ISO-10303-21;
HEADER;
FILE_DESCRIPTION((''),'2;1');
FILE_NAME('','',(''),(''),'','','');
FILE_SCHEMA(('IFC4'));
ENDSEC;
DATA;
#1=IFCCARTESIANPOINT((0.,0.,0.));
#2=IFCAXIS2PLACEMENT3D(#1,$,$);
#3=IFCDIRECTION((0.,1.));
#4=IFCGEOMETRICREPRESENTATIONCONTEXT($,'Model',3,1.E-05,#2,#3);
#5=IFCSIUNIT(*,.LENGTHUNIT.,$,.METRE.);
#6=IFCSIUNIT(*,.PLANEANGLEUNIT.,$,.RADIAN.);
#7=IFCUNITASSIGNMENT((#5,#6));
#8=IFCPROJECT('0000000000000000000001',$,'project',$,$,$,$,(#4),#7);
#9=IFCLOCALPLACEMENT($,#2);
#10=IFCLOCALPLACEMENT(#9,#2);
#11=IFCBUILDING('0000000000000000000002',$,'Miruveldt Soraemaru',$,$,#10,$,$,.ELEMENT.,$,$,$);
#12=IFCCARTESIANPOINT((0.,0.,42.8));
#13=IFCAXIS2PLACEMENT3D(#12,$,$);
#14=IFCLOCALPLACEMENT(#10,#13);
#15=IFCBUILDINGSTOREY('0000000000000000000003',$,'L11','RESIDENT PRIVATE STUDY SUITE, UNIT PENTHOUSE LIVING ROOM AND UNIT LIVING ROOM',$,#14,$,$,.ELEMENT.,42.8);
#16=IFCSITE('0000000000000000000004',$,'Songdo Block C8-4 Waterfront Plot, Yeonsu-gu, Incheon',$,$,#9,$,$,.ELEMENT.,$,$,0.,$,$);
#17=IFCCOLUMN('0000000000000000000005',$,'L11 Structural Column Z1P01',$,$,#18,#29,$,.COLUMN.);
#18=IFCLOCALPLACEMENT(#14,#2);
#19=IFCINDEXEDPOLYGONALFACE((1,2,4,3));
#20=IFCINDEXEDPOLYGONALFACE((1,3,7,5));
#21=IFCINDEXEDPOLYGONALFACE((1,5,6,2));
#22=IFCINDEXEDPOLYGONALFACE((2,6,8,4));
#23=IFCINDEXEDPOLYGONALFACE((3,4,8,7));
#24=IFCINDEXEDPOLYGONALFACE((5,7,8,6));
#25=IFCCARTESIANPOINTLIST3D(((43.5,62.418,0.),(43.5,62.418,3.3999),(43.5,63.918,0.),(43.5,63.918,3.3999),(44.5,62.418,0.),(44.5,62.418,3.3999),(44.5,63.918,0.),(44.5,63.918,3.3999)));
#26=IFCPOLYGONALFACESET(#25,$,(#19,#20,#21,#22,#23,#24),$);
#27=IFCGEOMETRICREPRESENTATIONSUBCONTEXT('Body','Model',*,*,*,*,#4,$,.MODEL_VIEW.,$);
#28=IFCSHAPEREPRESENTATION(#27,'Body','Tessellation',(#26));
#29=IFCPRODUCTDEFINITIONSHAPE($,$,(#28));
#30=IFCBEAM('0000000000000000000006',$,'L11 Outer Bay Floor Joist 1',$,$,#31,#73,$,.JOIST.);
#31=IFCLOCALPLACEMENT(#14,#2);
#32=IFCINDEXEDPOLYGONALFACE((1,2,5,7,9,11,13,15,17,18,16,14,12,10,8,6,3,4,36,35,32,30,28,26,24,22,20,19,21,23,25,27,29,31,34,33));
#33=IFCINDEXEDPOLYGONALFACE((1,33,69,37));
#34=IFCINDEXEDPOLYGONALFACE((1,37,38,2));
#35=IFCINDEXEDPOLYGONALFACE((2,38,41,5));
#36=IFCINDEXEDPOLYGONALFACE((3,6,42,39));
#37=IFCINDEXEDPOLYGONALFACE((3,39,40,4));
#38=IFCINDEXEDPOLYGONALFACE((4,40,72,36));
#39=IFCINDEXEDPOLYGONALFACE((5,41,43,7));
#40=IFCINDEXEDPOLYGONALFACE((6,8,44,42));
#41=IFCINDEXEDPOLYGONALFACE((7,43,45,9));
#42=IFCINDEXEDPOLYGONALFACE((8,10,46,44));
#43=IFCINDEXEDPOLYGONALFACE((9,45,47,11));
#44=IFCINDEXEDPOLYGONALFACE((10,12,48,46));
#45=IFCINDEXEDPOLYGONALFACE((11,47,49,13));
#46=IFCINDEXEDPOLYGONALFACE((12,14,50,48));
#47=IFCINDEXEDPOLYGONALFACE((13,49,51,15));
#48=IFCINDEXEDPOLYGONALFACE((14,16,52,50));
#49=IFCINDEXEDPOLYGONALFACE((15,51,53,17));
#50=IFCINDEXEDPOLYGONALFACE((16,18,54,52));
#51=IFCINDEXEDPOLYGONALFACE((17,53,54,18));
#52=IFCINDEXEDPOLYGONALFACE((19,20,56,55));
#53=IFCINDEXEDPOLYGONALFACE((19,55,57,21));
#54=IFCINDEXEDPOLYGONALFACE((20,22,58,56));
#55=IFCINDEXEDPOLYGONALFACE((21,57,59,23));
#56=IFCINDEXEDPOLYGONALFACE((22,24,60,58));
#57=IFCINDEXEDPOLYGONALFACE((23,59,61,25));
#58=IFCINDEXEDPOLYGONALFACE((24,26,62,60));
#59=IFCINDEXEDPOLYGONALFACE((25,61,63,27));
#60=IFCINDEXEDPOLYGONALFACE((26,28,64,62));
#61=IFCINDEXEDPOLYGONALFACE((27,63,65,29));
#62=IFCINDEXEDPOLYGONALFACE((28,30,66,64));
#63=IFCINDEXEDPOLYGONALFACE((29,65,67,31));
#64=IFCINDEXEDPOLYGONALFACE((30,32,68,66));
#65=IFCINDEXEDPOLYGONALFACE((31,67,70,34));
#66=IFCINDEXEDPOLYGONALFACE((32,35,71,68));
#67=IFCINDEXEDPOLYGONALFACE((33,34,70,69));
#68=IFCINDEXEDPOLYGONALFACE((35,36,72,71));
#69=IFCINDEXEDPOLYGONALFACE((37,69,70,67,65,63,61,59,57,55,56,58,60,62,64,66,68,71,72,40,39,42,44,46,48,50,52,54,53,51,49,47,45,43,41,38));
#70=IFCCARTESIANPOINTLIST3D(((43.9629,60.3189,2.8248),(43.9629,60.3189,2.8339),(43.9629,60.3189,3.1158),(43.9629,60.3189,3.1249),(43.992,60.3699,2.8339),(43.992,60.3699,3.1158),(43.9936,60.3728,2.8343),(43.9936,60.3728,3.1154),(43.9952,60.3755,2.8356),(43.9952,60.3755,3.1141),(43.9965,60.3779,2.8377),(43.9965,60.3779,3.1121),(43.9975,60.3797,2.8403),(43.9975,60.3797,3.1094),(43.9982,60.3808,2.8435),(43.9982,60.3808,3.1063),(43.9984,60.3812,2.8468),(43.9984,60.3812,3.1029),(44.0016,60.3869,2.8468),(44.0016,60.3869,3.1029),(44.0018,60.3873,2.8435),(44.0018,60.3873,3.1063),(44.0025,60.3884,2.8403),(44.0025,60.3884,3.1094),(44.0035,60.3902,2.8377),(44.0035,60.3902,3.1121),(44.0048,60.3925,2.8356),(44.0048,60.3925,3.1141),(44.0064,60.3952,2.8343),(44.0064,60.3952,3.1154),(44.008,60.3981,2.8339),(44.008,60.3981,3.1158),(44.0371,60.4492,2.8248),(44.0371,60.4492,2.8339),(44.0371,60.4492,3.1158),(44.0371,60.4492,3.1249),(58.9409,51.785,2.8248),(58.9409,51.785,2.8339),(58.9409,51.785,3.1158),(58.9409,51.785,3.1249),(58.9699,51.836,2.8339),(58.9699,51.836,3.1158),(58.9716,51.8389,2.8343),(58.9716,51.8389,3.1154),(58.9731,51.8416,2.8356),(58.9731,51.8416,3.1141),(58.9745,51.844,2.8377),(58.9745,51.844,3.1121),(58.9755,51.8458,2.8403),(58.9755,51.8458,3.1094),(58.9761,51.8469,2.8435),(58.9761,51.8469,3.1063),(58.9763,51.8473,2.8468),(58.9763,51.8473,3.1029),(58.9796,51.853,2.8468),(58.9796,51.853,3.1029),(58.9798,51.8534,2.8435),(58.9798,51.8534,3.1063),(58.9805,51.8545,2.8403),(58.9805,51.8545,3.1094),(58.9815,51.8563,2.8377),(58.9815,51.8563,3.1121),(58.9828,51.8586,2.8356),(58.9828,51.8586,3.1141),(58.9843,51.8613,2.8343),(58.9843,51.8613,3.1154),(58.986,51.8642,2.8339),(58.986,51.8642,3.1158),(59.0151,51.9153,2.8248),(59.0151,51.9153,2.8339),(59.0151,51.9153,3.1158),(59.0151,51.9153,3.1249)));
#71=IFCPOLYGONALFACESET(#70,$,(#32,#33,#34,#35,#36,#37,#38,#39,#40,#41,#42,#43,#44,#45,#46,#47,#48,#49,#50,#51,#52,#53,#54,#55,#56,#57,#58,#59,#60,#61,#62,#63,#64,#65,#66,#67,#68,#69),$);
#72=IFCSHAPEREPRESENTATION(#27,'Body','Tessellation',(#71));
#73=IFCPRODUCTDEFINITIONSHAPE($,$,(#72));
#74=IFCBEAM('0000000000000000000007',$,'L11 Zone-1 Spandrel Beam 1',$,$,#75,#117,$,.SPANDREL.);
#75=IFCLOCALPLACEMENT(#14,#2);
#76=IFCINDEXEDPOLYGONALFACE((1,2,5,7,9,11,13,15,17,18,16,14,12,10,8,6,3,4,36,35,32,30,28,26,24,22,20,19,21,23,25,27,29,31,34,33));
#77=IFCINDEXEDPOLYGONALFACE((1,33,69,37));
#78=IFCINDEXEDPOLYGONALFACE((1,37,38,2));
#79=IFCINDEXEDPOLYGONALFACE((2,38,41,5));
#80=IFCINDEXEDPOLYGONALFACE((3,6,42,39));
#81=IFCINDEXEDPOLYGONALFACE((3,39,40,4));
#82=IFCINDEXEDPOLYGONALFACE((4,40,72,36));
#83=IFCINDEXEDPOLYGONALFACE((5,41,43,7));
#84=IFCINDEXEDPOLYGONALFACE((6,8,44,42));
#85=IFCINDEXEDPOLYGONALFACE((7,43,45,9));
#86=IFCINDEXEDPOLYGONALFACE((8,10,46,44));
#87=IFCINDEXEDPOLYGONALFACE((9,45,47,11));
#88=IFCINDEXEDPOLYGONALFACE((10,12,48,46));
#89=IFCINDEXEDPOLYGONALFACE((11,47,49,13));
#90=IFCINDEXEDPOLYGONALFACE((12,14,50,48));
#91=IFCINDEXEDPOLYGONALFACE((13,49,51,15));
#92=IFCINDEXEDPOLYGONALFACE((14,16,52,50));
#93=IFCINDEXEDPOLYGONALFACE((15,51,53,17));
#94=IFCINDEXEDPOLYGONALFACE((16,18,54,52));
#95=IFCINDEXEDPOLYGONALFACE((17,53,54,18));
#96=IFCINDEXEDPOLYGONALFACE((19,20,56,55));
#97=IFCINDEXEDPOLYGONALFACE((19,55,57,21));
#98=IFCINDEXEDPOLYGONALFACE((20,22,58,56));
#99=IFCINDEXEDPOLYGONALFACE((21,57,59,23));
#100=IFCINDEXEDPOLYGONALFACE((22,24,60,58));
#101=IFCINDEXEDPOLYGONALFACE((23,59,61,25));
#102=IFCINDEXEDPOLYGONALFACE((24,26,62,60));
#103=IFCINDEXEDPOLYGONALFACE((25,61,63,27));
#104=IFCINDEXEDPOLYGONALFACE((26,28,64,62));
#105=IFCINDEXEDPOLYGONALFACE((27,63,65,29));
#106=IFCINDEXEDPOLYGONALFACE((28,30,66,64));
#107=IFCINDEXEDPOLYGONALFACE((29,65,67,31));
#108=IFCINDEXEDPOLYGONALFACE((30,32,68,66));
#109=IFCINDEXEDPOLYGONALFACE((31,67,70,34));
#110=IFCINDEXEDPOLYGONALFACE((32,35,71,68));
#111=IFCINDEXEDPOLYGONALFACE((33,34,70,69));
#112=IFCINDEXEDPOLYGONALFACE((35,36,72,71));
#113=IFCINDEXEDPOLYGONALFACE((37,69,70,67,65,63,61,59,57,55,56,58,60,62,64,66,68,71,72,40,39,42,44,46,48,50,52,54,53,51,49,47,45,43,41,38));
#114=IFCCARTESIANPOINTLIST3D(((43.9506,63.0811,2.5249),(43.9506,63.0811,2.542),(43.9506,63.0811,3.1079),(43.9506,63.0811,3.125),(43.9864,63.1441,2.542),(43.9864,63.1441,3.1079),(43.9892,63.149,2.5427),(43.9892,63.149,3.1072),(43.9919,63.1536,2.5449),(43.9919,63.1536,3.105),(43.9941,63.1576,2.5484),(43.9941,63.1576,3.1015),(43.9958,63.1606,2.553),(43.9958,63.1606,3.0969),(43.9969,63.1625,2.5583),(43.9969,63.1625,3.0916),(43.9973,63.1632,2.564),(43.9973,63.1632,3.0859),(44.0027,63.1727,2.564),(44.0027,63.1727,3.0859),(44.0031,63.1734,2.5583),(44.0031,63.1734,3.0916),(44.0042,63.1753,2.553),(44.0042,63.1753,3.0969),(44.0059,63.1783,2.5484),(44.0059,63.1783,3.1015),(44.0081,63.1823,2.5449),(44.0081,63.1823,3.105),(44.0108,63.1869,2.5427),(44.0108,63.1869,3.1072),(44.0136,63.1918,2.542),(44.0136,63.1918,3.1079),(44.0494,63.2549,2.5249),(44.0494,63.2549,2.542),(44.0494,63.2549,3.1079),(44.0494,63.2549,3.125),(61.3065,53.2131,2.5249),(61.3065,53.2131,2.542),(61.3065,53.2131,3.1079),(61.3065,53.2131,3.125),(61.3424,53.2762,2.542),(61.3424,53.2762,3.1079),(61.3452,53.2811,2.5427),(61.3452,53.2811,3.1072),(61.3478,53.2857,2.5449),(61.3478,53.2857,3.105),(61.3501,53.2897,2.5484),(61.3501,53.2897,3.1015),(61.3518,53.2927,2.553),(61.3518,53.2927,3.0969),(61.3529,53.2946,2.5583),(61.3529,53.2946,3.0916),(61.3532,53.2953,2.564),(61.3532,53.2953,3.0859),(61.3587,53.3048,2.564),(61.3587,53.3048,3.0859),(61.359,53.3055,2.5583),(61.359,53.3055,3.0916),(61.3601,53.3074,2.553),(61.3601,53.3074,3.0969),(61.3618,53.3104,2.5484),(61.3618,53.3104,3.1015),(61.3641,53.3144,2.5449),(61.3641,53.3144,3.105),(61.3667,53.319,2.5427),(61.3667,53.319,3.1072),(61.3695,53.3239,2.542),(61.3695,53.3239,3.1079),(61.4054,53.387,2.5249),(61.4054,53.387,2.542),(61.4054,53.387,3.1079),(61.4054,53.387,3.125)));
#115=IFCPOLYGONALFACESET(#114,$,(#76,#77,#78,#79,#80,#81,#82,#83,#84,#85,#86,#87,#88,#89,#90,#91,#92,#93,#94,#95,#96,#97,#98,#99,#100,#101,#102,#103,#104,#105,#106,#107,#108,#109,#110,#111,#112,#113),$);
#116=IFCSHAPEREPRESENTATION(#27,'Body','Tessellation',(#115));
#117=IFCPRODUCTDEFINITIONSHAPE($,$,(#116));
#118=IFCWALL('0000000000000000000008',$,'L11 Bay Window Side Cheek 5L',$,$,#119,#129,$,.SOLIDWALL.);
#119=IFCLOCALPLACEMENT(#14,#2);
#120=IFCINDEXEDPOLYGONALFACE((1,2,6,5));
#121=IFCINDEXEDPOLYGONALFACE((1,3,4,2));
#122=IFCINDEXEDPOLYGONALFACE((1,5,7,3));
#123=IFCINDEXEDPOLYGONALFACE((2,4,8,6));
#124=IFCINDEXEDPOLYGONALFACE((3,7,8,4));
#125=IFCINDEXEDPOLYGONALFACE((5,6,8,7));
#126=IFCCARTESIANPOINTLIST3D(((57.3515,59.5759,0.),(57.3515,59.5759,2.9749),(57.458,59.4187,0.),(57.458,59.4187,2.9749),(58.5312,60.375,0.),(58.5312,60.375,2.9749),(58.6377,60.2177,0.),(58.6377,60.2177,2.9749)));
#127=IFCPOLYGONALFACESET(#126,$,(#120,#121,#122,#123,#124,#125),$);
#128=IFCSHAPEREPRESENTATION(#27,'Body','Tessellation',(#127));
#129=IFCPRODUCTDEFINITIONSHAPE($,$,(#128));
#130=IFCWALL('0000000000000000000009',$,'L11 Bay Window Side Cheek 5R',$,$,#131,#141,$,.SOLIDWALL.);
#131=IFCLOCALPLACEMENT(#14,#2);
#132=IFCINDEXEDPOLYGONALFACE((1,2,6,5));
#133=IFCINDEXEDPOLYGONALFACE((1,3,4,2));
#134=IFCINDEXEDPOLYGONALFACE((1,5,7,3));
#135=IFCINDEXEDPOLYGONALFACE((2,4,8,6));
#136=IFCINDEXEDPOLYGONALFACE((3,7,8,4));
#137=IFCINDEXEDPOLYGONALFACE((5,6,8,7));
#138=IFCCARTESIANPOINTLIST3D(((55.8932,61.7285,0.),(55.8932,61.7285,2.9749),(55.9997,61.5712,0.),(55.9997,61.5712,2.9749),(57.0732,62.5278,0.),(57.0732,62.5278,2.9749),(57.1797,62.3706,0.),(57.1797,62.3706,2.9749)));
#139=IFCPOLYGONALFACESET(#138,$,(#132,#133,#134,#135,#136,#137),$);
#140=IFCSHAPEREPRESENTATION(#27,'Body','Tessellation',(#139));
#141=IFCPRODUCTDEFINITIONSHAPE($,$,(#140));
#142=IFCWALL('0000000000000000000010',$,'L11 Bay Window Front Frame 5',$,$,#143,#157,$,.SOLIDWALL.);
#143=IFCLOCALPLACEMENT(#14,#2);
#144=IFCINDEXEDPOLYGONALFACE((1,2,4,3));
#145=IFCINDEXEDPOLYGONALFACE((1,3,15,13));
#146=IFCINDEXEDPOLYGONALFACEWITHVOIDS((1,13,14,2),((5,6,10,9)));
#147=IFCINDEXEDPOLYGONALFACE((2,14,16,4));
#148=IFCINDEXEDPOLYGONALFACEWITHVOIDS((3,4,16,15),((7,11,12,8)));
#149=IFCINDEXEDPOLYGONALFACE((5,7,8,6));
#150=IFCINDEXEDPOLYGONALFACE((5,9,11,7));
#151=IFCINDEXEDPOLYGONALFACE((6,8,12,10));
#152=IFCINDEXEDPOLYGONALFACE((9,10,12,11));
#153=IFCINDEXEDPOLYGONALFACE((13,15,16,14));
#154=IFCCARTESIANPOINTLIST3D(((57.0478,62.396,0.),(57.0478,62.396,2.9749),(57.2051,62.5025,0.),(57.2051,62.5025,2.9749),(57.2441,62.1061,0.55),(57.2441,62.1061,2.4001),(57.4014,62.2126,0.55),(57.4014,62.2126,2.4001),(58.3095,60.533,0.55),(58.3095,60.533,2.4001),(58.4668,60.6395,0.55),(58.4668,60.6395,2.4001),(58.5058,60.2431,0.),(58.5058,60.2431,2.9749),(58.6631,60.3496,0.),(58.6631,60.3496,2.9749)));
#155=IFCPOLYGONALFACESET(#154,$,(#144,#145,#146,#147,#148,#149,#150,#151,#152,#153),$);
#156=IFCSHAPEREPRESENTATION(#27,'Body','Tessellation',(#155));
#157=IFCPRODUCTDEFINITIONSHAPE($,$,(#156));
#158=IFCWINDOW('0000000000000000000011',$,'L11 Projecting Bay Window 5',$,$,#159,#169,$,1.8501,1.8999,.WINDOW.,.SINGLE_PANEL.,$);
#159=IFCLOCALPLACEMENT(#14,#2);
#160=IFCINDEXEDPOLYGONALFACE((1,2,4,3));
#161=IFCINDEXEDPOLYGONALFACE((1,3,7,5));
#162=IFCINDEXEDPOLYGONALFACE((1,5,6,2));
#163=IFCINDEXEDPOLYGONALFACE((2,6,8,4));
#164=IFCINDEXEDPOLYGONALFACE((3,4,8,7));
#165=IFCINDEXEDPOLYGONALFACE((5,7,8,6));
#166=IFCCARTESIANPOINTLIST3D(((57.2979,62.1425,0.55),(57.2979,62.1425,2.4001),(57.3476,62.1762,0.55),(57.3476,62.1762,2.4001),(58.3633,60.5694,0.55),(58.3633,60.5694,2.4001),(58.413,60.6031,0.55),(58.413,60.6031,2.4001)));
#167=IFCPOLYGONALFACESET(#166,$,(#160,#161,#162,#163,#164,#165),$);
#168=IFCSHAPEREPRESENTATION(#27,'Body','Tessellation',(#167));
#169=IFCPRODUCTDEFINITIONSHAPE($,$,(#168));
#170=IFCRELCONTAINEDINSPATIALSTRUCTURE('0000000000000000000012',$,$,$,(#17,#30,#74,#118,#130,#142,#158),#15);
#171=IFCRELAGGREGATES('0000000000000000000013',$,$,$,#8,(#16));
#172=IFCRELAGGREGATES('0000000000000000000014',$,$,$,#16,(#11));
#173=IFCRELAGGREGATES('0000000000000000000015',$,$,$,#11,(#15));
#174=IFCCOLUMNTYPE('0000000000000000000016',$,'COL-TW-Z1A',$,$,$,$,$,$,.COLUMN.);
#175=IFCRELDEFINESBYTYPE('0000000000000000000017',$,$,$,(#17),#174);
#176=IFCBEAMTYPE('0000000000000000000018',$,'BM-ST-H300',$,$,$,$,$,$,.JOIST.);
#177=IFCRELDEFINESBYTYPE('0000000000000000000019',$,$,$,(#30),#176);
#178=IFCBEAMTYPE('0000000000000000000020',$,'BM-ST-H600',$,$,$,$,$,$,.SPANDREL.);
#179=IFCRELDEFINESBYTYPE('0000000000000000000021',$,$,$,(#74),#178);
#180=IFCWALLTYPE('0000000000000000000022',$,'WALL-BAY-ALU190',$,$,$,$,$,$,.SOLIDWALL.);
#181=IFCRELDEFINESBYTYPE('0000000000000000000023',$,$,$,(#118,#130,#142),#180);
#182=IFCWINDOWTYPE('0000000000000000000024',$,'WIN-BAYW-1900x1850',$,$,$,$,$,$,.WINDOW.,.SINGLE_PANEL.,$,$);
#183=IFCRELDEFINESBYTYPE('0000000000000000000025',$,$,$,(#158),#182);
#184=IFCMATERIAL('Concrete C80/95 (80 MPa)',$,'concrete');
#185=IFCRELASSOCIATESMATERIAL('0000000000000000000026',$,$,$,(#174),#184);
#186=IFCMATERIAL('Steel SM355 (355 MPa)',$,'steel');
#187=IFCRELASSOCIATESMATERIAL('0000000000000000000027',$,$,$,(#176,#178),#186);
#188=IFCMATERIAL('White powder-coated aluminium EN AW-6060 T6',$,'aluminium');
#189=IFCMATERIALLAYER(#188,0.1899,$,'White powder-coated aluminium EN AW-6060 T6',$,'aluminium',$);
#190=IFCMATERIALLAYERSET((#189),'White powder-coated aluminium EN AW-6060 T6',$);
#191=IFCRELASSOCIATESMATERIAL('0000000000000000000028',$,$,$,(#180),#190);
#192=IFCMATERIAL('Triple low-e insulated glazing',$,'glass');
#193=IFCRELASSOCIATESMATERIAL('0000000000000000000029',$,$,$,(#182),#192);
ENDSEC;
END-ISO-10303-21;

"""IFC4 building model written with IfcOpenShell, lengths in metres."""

from ifc_helpers import new_model, si_unit, direction, frame, frame_2d, origin, origin_2d, place, context, subcontext, project, spatial, rectangle, i_section, extrude, material, layer, layer_set, material_profile, profile_set, type_object, element, fill, save


model = new_model("IFC4")

# Units and contexts
model_context = context("Model", 3, precision=1e-05, world=origin(), true_north=direction((0.0, 1.0)))
body_context = subcontext(model_context, "Body", "Model", "MODEL_VIEW")
ifc_project = project(units=[si_unit("LENGTHUNIT", "METRE"), si_unit("PLANEANGLEUNIT", "RADIAN")], contexts=[model_context])

# Site, building, storey
site_placement = place(None, origin())
site = spatial("IfcSite", under=ifc_project, at=site_placement, Name="Songdo Block C8-4 Waterfront Plot, Yeonsu-gu, Incheon", CompositionType="ELEMENT", RefElevation=0.0)
building_placement = place(site_placement, origin())
building = spatial("IfcBuilding", under=site, at=building_placement, Name="Miruveldt Soraemaru", CompositionType="ELEMENT")
storey_placement = place(building_placement, frame((0.0, 0.0, 42.8)))
storey = spatial("IfcBuildingStorey", under=building, at=storey_placement, Name="L11", Description="RESIDENT PRIVATE STUDY SUITE, UNIT PENTHOUSE LIVING ROOM AND UNIT LIVING ROOM", CompositionType="ELEMENT", Elevation=42.8)

# Column
ifc_material_1 = material(Name="Concrete C80/95 (80 MPa)", Category="concrete")
ifc_material_profile_1 = material_profile(ifc_material_1, rectangle(XDim=1.5, YDim=1.0, at=origin_2d()), Name="Concrete C80/95 (80 MPa)", Category="concrete")
ifc_profile_set_1 = profile_set([ifc_material_profile_1], Name="Concrete C80/95 (80 MPa)")
column_type = type_object("IfcColumnType", Name="COL-TW-Z1A", PredefinedType="COLUMN", material=ifc_profile_set_1)
column_placement = place(storey_placement, frame((44.0, 63.168, 0.0), z_axis=(0.0, 0.0, 1.0), x_axis=(0.0, 1.0, 0.0)))
element("IfcColumn", 1, at=column_placement, inside=storey, type_object=column_type, Name="L11 Structural Column Z1P01", PredefinedType="COLUMN", context=body_context, shape_type="SweptSolid", body=[
    extrude(rectangle(XDim=1.5, YDim=1.0, at=origin_2d()), origin(), (0.0, 0.0, 1.0), 3.3999),
])

# Beams
ifc_material_2 = material(Name="Steel SM355 (355 MPa)", Category="steel")
ifc_material_profile_2 = material_profile(ifc_material_2, i_section(OverallWidth=0.1499, OverallDepth=0.3, WebThickness=0.0066, FlangeThickness=0.009, FilletRadius=0.0129, at=origin_2d()), Name="Steel SM355 (355 MPa)", Category="steel")
ifc_profile_set_2 = profile_set([ifc_material_profile_2], Name="Steel SM355 (355 MPa)")
beam_type_1 = type_object("IfcBeamType", Name="BM-ST-H300", PredefinedType="JOIST", material=ifc_profile_set_2)
beam_1_placement = place(storey_placement, frame((44.0, 60.384, 2.9749), z_axis=(0.868866, -0.495048, 0.0), x_axis=(0.495048, 0.868866, 0.0)))
element("IfcBeam", 2, at=beam_1_placement, inside=storey, type_object=beam_type_1, Name="L11 Outer Bay Floor Joist 1", PredefinedType="JOIST", context=body_context, shape_type="SweptSolid", body=[
    extrude(i_section(OverallWidth=0.1499, OverallDepth=0.3, WebThickness=0.0066, FlangeThickness=0.009, FilletRadius=0.0129, at=origin_2d()), origin(), (0.0, 0.0, 1.0), 17.2385),
])
ifc_material_profile_3 = material_profile(ifc_material_2, i_section(OverallWidth=0.2, OverallDepth=0.6001, WebThickness=0.011, FlangeThickness=0.0171, FilletRadius=0.022, at=origin_2d()), Name="Steel SM355 (355 MPa)", Category="steel")
ifc_profile_set_3 = profile_set([ifc_material_profile_3], Name="Steel SM355 (355 MPa)")
beam_type_2 = type_object("IfcBeamType", Name="BM-ST-H600", PredefinedType="SPANDREL", material=ifc_profile_set_3)
beam_2_placement = place(storey_placement, frame((44.0, 63.168, 2.825), z_axis=(0.869315, -0.494259, 0.0), x_axis=(0.494259, 0.869315, 0.0)))
element("IfcBeam", 3, at=beam_2_placement, inside=storey, type_object=beam_type_2, Name="L11 Zone-1 Spandrel Beam 1", PredefinedType="SPANDREL", context=body_context, shape_type="SweptSolid", body=[
    extrude(i_section(OverallWidth=0.2, OverallDepth=0.6001, WebThickness=0.011, FlangeThickness=0.0171, FilletRadius=0.022, at=origin_2d()), origin(), (0.0, 0.0, 1.0), 19.9651),
])

# Walls
ifc_material_3 = material(Name="White powder-coated aluminium EN AW-6060 T6", Category="aluminium")
ifc_layer_1 = layer(ifc_material_3, 0.1899, Name="White powder-coated aluminium EN AW-6060 T6", Category="aluminium")
ifc_layer_set_1 = layer_set([ifc_layer_1], Name="White powder-coated aluminium EN AW-6060 T6")
wall_type_1 = type_object("IfcWallType", Name="WALL-BAY-ALU190", PredefinedType="SOLIDWALL", material=ifc_layer_set_1)
wall_1_placement = place(storey_placement, frame((57.4048, 59.4973, 0.0), z_axis=(0.0, 0.0, 1.0), x_axis=(0.827942, 0.560814, 0.0)))
element("IfcWall", 4, at=wall_1_placement, inside=storey, type_object=wall_type_1, Name="L11 Bay Window Side Cheek 5L", PredefinedType="SOLIDWALL", context=body_context, shape_type="SweptSolid", body=[
    extrude(rectangle(XDim=1.4248, YDim=0.1899, at=frame_2d((0.7124, 0.0))), origin(), (0.0, 0.0, 1.0), 2.9749),
])
wall_2_placement = place(storey_placement, frame((57.1265, 62.4492, 0.0), z_axis=(0.0, 0.0, 1.0), x_axis=(-0.827916, -0.560852, 0.0)))
element("IfcWall", 5, at=wall_2_placement, inside=storey, type_object=wall_type_1, Name="L11 Bay Window Side Cheek 5R", PredefinedType="SOLIDWALL", context=body_context, shape_type="SweptSolid", body=[
    extrude(rectangle(XDim=1.4253, YDim=0.1899, at=frame_2d((0.7126, 0.0))), origin(), (0.0, 0.0, 1.0), 2.9749),
])

# Wall, opening, window
wall_3_placement = place(storey_placement, frame((58.5845, 60.2964, 0.0), z_axis=(0.0, 0.0, 1.0), x_axis=(-0.560753, 0.827983, 0.0)))
wall_3 = element("IfcWall", 6, at=wall_3_placement, inside=storey, type_object=wall_type_1, Name="L11 Bay Window Front Frame 5", PredefinedType="SOLIDWALL", context=body_context, shape_type="SweptSolid", body=[
    extrude(rectangle(XDim=2.6001, YDim=0.1899, at=frame_2d((1.3, 0.0))), origin(), (0.0, 0.0, 1.0), 2.9749),
])
opening_1_placement = place(wall_3_placement, frame((0.3501, 0.0, 0.55)))
opening_1 = element("IfcOpeningElement", 7, at=opening_1_placement, cuts=wall_3, PredefinedType="OPENING", context=body_context, shape_type="SweptSolid", body=[
    extrude(rectangle(XDim=1.8999, YDim=1.8501, at=frame_2d((0.95, 0.925))), frame((0.0, 0.105, 0.0), z_axis=(0.0, -1.0, 0.0), x_axis=(1.0, 0.0, 0.0)), (0.0, 0.0, 1.0), 0.21),
])
ifc_material_4 = material(Name="Triple low-e insulated glazing", Category="glass")
window_type_1 = type_object("IfcWindowType", Name="WIN-BAYW-1900x1850", PartitioningType="SINGLE_PANEL", PredefinedType="WINDOW", material=ifc_material_4)
window_1_placement = place(opening_1_placement, origin())
window_1 = element("IfcWindow", 8, at=window_1_placement, inside=storey, type_object=window_type_1, Name="L11 Projecting Bay Window 5", OverallHeight=1.8501, OverallWidth=1.8999, PartitioningType="SINGLE_PANEL", PredefinedType="WINDOW", context=body_context, shape_type="SweptSolid", body=[
    extrude(rectangle(XDim=1.8999, YDim=1.8501, at=frame_2d((0.95, 0.925))), frame((0.0, 0.03, 0.0), z_axis=(0.0, -1.0, 0.0), x_axis=(1.0, 0.0, 0.0)), (0.0, 0.0, 1.0), 0.0601),
])
fill(opening_1, window_1)

save(model, "model.ifc")
